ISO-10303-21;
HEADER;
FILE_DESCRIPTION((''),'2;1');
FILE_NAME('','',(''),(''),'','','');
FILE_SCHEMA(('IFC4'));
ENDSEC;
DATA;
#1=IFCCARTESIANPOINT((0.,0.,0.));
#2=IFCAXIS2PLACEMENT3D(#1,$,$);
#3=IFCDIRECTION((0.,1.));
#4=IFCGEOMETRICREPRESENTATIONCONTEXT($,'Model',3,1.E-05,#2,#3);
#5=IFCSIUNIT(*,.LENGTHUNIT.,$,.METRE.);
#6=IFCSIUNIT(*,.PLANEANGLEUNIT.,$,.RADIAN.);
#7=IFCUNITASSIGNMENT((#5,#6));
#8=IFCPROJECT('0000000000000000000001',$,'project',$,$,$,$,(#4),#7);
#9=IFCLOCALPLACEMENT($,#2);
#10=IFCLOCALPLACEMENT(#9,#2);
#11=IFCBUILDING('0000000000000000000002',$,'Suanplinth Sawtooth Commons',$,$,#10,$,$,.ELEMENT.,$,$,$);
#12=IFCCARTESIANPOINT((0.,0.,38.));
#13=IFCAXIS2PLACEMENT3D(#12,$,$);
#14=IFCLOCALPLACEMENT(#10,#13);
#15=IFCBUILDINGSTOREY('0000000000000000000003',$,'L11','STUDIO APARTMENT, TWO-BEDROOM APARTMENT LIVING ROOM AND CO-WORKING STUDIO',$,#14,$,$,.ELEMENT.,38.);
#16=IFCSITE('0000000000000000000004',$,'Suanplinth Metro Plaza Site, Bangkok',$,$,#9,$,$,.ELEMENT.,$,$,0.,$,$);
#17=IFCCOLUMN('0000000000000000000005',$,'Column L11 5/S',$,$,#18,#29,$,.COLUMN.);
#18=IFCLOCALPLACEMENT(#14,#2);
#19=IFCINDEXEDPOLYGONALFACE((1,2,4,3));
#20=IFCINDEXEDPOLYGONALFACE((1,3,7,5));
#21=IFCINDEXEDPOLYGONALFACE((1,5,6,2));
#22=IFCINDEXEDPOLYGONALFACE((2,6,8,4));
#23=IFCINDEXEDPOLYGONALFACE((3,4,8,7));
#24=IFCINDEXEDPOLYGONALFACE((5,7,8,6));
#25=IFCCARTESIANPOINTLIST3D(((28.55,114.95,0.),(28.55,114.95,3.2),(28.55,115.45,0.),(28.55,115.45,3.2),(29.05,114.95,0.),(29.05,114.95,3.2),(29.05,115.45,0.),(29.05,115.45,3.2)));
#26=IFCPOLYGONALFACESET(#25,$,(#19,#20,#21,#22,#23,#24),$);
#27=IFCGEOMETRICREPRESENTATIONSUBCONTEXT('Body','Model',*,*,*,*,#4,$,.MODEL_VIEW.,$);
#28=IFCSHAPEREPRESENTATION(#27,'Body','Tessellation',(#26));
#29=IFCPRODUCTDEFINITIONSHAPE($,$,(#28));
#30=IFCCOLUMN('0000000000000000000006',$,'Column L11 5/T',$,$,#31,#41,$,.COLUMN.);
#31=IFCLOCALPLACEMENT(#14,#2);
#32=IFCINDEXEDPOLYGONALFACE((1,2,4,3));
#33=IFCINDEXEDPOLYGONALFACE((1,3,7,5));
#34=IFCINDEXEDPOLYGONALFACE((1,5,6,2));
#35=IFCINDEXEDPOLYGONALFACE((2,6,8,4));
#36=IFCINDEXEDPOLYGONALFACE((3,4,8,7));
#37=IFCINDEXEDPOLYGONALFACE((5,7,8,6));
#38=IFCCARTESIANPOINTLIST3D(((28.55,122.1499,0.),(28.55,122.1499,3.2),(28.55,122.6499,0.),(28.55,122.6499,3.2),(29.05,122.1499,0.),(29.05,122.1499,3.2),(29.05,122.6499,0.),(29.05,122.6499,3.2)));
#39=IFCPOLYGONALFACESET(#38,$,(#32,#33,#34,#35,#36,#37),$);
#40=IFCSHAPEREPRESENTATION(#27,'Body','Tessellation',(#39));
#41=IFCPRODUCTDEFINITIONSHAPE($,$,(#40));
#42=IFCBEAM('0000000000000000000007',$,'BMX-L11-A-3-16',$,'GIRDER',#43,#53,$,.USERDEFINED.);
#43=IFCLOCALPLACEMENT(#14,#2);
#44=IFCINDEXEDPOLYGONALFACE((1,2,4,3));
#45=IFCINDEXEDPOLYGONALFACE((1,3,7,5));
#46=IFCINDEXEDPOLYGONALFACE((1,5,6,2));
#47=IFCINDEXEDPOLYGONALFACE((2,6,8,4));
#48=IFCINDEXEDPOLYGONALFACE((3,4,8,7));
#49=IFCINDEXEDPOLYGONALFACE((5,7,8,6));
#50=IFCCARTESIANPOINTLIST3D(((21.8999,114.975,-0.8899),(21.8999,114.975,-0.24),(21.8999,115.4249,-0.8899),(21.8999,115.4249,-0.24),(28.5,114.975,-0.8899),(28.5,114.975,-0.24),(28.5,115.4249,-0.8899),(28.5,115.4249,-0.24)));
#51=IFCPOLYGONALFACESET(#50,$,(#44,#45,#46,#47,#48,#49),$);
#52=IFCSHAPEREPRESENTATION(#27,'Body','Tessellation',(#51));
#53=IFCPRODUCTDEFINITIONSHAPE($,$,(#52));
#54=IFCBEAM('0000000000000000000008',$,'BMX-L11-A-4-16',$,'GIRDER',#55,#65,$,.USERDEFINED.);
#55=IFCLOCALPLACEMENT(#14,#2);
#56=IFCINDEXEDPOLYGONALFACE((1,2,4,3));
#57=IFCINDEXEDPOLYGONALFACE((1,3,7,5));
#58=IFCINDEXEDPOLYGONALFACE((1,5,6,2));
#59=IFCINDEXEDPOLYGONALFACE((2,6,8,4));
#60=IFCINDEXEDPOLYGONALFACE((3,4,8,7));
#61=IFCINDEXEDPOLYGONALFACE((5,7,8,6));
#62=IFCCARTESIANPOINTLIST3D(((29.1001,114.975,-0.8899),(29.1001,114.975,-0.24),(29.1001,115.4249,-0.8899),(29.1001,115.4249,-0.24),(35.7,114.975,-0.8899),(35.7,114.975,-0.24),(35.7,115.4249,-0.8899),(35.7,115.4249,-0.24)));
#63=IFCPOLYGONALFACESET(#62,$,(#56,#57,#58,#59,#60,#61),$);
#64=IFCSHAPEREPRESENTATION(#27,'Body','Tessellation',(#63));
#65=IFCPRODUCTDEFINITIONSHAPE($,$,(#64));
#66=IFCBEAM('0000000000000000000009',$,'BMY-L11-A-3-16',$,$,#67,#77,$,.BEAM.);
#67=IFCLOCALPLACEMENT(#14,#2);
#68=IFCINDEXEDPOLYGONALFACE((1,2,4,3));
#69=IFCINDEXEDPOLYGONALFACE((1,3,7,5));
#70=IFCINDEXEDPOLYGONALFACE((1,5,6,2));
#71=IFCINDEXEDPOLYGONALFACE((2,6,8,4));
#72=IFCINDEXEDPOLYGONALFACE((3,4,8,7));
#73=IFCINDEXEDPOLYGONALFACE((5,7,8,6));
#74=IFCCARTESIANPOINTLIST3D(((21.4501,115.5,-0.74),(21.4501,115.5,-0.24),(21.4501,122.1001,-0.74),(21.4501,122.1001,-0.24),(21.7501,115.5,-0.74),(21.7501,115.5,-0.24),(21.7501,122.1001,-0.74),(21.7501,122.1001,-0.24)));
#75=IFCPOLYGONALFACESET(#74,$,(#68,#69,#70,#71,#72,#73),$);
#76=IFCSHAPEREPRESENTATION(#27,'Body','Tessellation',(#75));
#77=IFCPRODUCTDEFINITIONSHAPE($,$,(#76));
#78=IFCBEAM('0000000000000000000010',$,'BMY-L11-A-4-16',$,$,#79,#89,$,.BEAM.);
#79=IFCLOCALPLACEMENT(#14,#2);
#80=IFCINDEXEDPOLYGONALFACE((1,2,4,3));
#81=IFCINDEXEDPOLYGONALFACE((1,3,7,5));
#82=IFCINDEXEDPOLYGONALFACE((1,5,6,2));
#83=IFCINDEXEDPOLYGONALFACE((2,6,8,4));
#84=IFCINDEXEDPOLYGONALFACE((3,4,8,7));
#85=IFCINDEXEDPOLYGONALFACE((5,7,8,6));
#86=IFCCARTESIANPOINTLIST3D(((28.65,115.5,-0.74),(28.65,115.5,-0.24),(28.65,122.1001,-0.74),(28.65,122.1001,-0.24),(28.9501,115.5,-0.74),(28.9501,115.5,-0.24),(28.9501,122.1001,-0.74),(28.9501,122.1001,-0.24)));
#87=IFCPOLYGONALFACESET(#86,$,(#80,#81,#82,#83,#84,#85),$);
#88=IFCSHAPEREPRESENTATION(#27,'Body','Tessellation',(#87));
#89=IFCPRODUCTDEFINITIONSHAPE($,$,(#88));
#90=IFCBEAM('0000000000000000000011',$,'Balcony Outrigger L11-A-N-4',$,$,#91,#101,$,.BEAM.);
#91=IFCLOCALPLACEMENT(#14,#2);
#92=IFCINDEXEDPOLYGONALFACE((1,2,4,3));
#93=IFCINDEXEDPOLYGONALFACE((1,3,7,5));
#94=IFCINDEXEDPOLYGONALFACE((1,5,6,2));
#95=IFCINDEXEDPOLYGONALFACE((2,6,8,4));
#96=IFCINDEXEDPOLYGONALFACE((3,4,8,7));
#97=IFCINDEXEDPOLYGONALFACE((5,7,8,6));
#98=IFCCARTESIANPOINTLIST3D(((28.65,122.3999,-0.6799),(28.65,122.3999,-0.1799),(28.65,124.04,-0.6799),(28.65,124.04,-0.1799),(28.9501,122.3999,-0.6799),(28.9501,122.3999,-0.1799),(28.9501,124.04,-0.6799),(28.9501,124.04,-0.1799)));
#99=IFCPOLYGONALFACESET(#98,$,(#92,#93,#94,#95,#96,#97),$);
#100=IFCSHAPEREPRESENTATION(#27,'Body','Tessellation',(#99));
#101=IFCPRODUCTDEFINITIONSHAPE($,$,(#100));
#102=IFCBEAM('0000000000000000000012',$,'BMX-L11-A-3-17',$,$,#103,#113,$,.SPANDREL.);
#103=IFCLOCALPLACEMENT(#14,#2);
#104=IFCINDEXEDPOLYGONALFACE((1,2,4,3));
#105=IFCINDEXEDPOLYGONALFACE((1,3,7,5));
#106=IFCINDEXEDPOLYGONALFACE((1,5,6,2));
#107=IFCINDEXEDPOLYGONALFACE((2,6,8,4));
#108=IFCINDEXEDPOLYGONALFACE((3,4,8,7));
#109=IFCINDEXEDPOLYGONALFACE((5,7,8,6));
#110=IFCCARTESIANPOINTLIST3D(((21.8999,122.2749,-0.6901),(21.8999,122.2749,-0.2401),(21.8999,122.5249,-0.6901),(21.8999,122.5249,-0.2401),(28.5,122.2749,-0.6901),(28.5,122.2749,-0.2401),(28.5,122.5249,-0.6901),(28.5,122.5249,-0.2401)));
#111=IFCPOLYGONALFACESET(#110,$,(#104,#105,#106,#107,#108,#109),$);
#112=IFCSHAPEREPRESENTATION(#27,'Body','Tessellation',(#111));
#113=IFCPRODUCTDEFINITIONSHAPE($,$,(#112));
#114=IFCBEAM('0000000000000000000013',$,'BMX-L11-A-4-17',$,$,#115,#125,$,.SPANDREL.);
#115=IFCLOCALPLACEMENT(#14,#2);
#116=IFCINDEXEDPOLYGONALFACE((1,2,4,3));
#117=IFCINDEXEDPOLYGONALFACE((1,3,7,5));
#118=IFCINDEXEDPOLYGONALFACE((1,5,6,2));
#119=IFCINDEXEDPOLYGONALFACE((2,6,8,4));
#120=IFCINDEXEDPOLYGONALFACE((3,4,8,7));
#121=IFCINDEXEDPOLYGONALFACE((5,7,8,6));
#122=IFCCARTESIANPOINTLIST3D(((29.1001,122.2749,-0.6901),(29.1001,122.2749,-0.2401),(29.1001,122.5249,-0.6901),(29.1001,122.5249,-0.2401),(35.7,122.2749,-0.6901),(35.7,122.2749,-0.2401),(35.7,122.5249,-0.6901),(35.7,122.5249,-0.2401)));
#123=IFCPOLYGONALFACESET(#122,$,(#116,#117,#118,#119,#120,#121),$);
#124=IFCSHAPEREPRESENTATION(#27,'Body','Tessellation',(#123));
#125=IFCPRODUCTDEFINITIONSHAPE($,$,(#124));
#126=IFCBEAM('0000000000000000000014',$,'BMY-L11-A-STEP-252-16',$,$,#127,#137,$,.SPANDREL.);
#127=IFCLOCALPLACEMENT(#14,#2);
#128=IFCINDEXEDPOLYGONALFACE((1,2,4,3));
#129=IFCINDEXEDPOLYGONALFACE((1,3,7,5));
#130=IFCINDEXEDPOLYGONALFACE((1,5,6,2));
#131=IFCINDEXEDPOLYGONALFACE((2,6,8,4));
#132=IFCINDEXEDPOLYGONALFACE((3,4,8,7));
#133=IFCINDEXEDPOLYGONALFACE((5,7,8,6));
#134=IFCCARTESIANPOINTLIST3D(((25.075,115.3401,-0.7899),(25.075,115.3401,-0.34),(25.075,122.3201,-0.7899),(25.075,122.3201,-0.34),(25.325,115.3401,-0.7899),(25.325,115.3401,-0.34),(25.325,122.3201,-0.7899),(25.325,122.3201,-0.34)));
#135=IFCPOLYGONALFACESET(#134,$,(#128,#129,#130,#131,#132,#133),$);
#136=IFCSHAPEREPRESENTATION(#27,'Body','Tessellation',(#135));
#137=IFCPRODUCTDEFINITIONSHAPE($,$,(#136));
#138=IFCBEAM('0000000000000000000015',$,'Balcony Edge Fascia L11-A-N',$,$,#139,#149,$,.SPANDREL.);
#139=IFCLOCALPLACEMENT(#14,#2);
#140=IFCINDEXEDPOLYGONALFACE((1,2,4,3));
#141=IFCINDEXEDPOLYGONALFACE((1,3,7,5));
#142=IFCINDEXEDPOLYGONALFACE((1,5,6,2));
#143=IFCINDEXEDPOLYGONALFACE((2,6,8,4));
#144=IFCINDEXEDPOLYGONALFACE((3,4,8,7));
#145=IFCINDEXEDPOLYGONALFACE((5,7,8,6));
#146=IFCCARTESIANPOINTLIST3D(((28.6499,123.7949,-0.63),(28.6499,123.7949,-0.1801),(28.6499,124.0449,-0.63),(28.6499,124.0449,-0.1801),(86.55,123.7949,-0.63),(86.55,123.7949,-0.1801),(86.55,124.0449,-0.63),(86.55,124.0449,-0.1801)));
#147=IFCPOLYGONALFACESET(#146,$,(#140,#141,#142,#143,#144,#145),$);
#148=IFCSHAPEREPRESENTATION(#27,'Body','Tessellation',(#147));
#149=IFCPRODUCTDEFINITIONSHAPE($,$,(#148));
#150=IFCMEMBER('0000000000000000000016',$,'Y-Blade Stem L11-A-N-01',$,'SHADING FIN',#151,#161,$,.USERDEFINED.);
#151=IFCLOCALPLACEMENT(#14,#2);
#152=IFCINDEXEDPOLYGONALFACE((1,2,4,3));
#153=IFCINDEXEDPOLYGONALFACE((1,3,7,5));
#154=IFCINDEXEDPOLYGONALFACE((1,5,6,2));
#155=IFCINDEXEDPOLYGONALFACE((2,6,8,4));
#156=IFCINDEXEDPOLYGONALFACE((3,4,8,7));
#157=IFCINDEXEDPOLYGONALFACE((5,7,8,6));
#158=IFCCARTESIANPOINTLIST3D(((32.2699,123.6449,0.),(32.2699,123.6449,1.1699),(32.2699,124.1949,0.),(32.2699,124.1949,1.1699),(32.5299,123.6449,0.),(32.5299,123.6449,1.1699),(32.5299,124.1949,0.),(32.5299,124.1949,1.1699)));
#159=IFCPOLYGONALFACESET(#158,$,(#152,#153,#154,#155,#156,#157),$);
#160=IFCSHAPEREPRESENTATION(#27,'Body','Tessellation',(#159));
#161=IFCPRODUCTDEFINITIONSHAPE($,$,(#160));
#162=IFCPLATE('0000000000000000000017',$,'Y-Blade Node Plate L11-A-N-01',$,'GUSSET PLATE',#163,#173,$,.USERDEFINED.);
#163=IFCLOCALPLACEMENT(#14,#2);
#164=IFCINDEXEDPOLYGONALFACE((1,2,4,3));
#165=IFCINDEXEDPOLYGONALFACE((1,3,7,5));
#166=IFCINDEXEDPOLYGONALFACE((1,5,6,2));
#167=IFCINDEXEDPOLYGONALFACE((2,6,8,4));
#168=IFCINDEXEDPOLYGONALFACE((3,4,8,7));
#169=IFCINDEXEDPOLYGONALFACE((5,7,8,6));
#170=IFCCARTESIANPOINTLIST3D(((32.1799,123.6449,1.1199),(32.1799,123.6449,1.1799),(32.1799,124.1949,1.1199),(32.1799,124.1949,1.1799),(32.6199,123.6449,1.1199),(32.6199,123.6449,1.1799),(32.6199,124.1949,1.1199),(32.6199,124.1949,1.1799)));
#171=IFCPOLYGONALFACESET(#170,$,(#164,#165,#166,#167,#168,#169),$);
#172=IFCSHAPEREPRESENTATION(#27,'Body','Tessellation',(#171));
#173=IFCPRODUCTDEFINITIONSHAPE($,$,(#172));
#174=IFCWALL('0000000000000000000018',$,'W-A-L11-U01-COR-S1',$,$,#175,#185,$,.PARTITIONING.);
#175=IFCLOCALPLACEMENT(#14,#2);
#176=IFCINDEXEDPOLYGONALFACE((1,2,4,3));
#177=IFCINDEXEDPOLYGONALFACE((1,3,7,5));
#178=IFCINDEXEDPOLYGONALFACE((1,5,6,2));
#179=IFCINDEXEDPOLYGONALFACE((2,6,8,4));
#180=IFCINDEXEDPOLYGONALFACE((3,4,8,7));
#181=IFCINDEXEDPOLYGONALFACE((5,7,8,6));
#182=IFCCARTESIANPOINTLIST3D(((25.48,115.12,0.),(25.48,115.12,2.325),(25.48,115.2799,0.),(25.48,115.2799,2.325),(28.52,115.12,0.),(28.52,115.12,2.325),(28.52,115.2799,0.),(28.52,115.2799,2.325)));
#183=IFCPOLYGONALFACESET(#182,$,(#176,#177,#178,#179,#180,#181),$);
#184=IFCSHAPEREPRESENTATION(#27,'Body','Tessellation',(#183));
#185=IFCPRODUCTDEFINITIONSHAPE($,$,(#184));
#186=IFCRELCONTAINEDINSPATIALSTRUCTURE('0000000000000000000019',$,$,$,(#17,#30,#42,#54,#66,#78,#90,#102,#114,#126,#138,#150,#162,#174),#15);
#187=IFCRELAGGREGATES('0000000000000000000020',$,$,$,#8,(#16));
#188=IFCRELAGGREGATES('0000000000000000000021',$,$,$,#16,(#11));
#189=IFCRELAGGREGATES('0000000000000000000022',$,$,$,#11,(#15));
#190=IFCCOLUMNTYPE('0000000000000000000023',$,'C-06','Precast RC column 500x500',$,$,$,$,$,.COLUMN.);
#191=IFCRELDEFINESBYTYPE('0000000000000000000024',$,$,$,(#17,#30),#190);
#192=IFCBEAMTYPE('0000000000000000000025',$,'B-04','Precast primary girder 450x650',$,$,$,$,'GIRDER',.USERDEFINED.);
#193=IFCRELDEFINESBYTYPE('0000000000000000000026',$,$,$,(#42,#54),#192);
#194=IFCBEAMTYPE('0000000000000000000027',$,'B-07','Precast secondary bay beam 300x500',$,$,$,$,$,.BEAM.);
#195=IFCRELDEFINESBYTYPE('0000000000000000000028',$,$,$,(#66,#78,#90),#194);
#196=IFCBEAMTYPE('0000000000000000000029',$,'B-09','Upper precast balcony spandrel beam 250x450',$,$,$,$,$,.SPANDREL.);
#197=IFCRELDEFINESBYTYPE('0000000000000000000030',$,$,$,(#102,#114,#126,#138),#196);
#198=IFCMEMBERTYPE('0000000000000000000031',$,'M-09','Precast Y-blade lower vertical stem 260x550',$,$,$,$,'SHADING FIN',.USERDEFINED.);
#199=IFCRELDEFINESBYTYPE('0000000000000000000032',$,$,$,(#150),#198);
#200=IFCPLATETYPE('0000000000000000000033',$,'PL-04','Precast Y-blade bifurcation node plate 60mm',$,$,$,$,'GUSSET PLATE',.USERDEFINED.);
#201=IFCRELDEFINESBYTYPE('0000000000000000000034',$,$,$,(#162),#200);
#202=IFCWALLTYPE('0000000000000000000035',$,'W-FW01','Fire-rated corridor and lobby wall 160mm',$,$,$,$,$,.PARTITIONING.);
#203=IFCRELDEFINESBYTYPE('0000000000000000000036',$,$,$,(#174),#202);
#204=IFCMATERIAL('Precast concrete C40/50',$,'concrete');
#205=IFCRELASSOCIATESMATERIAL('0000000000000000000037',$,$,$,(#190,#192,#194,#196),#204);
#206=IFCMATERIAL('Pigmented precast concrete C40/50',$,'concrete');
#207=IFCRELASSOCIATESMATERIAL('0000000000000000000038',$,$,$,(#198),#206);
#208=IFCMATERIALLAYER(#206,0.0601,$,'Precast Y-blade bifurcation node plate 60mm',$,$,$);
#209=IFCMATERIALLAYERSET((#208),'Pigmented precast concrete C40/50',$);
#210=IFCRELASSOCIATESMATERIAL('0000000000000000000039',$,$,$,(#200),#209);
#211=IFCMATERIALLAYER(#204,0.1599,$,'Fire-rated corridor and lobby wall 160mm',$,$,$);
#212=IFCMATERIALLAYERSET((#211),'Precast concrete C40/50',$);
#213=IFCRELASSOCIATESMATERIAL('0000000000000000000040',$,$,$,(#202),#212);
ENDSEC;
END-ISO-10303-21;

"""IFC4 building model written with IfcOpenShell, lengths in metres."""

from ifc_helpers import new_model, si_unit, direction, frame, frame_2d, origin, origin_2d, place, context, subcontext, project, spatial, rectangle, extrude, material, layer, layer_set, material_profile, profile_set, type_object, element, save


model = new_model("IFC4")

# Units and contexts
model_context = context("Model", 3, precision=1e-05, world=origin(), true_north=direction((0.0, 1.0)))
body_context = subcontext(model_context, "Body", "Model", "MODEL_VIEW")
ifc_project = project(units=[si_unit("LENGTHUNIT", "METRE"), si_unit("PLANEANGLEUNIT", "RADIAN")], contexts=[model_context])

# Site, building, storey
site_placement = place(None, origin())
site = spatial("IfcSite", under=ifc_project, at=site_placement, Name="Suanplinth Metro Plaza Site, Bangkok", CompositionType="ELEMENT", RefElevation=0.0)
building_placement = place(site_placement, origin())
building = spatial("IfcBuilding", under=site, at=building_placement, Name="Suanplinth Sawtooth Commons", CompositionType="ELEMENT")
storey_placement = place(building_placement, frame((0.0, 0.0, 38.0)))
storey = spatial("IfcBuildingStorey", under=building, at=storey_placement, Name="L11", Description="STUDIO APARTMENT, TWO-BEDROOM APARTMENT LIVING ROOM AND CO-WORKING STUDIO", CompositionType="ELEMENT", Elevation=38.0)

# Columns
ifc_material_1 = material(Name="Precast concrete C40/50", Category="concrete")
ifc_material_profile_1 = material_profile(ifc_material_1, rectangle(XDim=0.5, YDim=0.5, at=origin_2d()), Name="PC-COL 500x500")
ifc_profile_set_1 = profile_set([ifc_material_profile_1], Name="Precast concrete C40/50")
column_type = type_object("IfcColumnType", Name="C-06", Description="Precast RC column 500x500", PredefinedType="COLUMN", material=ifc_profile_set_1)
for number, where, z_axis, x_axis, name in (
    (1, (28.8, 115.2, 0.0), (0.0, 0.0, 1.0), (1.0, 0.0, 0.0), "Column L11 5/S"),
    (2, (28.8, 122.3999, 0.0), (0.0, 0.0, 1.0), (1.0, 0.0, 0.0), "Column L11 5/T"),
):
    element("IfcColumn", number, at=place(storey_placement, frame(where, z_axis=z_axis, x_axis=x_axis)), inside=storey, type_object=column_type, Name=name, PredefinedType="COLUMN", context=body_context, shape_type="SweptSolid", body=[
        extrude(rectangle(XDim=0.5, YDim=0.5, at=origin_2d()), origin(), (0.0, 0.0, 1.0), 3.2),
    ])

# Beams
ifc_material_profile_2 = material_profile(ifc_material_1, rectangle(XDim=0.45, YDim=0.6499, at=origin_2d()), Name="PC-GDR 450x650")
ifc_profile_set_2 = profile_set([ifc_material_profile_2], Name="Precast concrete C40/50")
beam_type_1 = type_object("IfcBeamType", Name="B-04", Description="Precast primary girder 450x650", ElementType="GIRDER", PredefinedType="USERDEFINED", material=ifc_profile_set_2)
beam_1_placement = place(storey_placement, frame((21.8999, 115.2, -0.5649), z_axis=(1.0, 0.0, 0.0), x_axis=(0.0, 1.0, 0.0)))
element("IfcBeam", 3, at=beam_1_placement, inside=storey, type_object=beam_type_1, Name="BMX-L11-A-3-16", ObjectType="GIRDER", PredefinedType="USERDEFINED", context=body_context, shape_type="SweptSolid", body=[
    extrude(rectangle(XDim=0.45, YDim=0.6499, at=origin_2d()), origin(), (0.0, 0.0, 1.0), 6.6001),
])
beam_2_placement = place(storey_placement, frame((29.1001, 115.2, -0.5649), z_axis=(1.0, 0.0, 0.0), x_axis=(0.0, 1.0, 0.0)))
element("IfcBeam", 4, at=beam_2_placement, inside=storey, type_object=beam_type_1, Name="BMX-L11-A-4-16", ObjectType="GIRDER", PredefinedType="USERDEFINED", context=body_context, shape_type="SweptSolid", body=[
    extrude(rectangle(XDim=0.45, YDim=0.6499, at=origin_2d()), origin(), (0.0, 0.0, 1.0), 6.5999),
])
ifc_material_profile_3 = material_profile(ifc_material_1, rectangle(XDim=0.3, YDim=0.5, at=origin_2d()), Name="PC-BM 300x500")
ifc_profile_set_3 = profile_set([ifc_material_profile_3], Name="Precast concrete C40/50")
beam_type_2 = type_object("IfcBeamType", Name="B-07", Description="Precast secondary bay beam 300x500", PredefinedType="BEAM", material=ifc_profile_set_3)
for number, where, z_axis, x_axis, name in (
    (5, (21.6001, 115.5, -0.49), (0.0, 1.0, 0.0), (-1.0, 0.0, 0.0), "BMY-L11-A-3-16"),
    (6, (28.8, 115.5, -0.49), (0.0, 1.0, 0.0), (-1.0, 0.0, 0.0), "BMY-L11-A-4-16"),
):
    element("IfcBeam", number, at=place(storey_placement, frame(where, z_axis=z_axis, x_axis=x_axis)), inside=storey, type_object=beam_type_2, Name=name, PredefinedType="BEAM", context=body_context, shape_type="SweptSolid", body=[
        extrude(rectangle(XDim=0.3, YDim=0.5, at=origin_2d()), origin(), (0.0, 0.0, 1.0), 6.6001),
    ])
beam_3_placement = place(storey_placement, frame((28.8, 122.3999, -0.4299), z_axis=(0.0, 1.0, 0.0), x_axis=(-1.0, 0.0, 0.0)))
element("IfcBeam", 7, at=beam_3_placement, inside=storey, type_object=beam_type_2, Name="Balcony Outrigger L11-A-N-4", PredefinedType="BEAM", context=body_context, shape_type="SweptSolid", body=[
    extrude(rectangle(XDim=0.3, YDim=0.5, at=origin_2d()), origin(), (0.0, 0.0, 1.0), 1.6401),
])
ifc_material_profile_4 = material_profile(ifc_material_1, rectangle(XDim=0.25, YDim=0.45, at=origin_2d()), Name="PC-SP 250x450")
ifc_profile_set_4 = profile_set([ifc_material_profile_4], Name="Precast concrete C40/50")
beam_type_3 = type_object("IfcBeamType", Name="B-09", Description="Upper precast balcony spandrel beam 250x450", PredefinedType="SPANDREL", material=ifc_profile_set_4)
beam_4_placement = place(storey_placement, frame((21.8999, 122.3999, -0.4651), z_axis=(1.0, 0.0, 0.0), x_axis=(0.0, 1.0, 0.0)))
element("IfcBeam", 8, at=beam_4_placement, inside=storey, type_object=beam_type_3, Name="BMX-L11-A-3-17", PredefinedType="SPANDREL", context=body_context, shape_type="SweptSolid", body=[
    extrude(rectangle(XDim=0.25, YDim=0.45, at=origin_2d()), origin(), (0.0, 0.0, 1.0), 6.6001),
])
beam_5_placement = place(storey_placement, frame((29.1001, 122.3999, -0.4651), z_axis=(1.0, 0.0, 0.0), x_axis=(0.0, 1.0, 0.0)))
element("IfcBeam", 9, at=beam_5_placement, inside=storey, type_object=beam_type_3, Name="BMX-L11-A-4-17", PredefinedType="SPANDREL", context=body_context, shape_type="SweptSolid", body=[
    extrude(rectangle(XDim=0.25, YDim=0.45, at=origin_2d()), origin(), (0.0, 0.0, 1.0), 6.5999),
])
beam_6_placement = place(storey_placement, frame((25.2, 115.3401, -0.5649), z_axis=(0.0, 1.0, 0.0), x_axis=(-1.0, 0.0, 0.0)))
element("IfcBeam", 10, at=beam_6_placement, inside=storey, type_object=beam_type_3, Name="BMY-L11-A-STEP-252-16", PredefinedType="SPANDREL", context=body_context, shape_type="SweptSolid", body=[
    extrude(rectangle(XDim=0.25, YDim=0.45, at=origin_2d()), origin(), (0.0, 0.0, 1.0), 6.98),
])
beam_7_placement = place(storey_placement, frame((28.6499, 123.9199, -0.405), z_axis=(1.0, 0.0, 0.0), x_axis=(0.0, 1.0, 0.0)))
element("IfcBeam", 11, at=beam_7_placement, inside=storey, type_object=beam_type_3, Name="Balcony Edge Fascia L11-A-N", PredefinedType="SPANDREL", context=body_context, shape_type="SweptSolid", body=[
    extrude(rectangle(XDim=0.25, YDim=0.45, at=origin_2d()), origin(), (0.0, 0.0, 1.0), 57.9001),
])

# Member
ifc_material_2 = material(Name="Pigmented precast concrete C40/50", Category="concrete")
ifc_material_profile_5 = material_profile(ifc_material_2, rectangle(XDim=0.26, YDim=0.55, at=origin_2d()), Name="PC-FIN 260x550")
ifc_profile_set_5 = profile_set([ifc_material_profile_5], Name="Pigmented precast concrete C40/50")
member_type = type_object("IfcMemberType", Name="M-09", Description="Precast Y-blade lower vertical stem 260x550", ElementType="SHADING FIN", PredefinedType="USERDEFINED", material=ifc_profile_set_5)
member_placement = place(storey_placement, frame((32.3999, 123.9199, 0.0), z_axis=(0.0, 0.0, 1.0), x_axis=(1.0, 0.0, 0.0)))
element("IfcMember", 12, at=member_placement, inside=storey, type_object=member_type, Name="Y-Blade Stem L11-A-N-01", ObjectType="SHADING FIN", PredefinedType="USERDEFINED", context=body_context, shape_type="SweptSolid", body=[
    extrude(rectangle(XDim=0.26, YDim=0.55, at=origin_2d()), origin(), (0.0, 0.0, 1.0), 1.1699),
])

# Plate
ifc_layer_1 = layer(ifc_material_2, 0.0601, Name="Precast Y-blade bifurcation node plate 60mm")
ifc_layer_set_1 = layer_set([ifc_layer_1], Name="Pigmented precast concrete C40/50")
plate_type = type_object("IfcPlateType", Name="PL-04", Description="Precast Y-blade bifurcation node plate 60mm", ElementType="GUSSET PLATE", PredefinedType="USERDEFINED", material=ifc_layer_set_1)
plate_placement = place(storey_placement, frame((32.3999, 123.9199, 1.1199), z_axis=(0.0, 0.0, 1.0), x_axis=(1.0, 0.0, 0.0)))
element("IfcPlate", 13, at=plate_placement, inside=storey, type_object=plate_type, Name="Y-Blade Node Plate L11-A-N-01", ObjectType="GUSSET PLATE", PredefinedType="USERDEFINED", context=body_context, shape_type="SweptSolid", body=[
    extrude(rectangle(XDim=0.4399, YDim=0.55, at=origin_2d()), origin(), (0.0, 0.0, 1.0), 0.0601),
])

# Wall
ifc_layer_2 = layer(ifc_material_1, 0.1599, Name="Fire-rated corridor and lobby wall 160mm")
ifc_layer_set_2 = layer_set([ifc_layer_2], Name="Precast concrete C40/50")
wall_type_1 = type_object("IfcWallType", Name="W-FW01", Description="Fire-rated corridor and lobby wall 160mm", PredefinedType="PARTITIONING", material=ifc_layer_set_2)
wall_1_placement = place(storey_placement, frame((25.48, 115.2, 0.0), z_axis=(0.0, 0.0, 1.0), x_axis=(1.0, 0.0, 0.0)))
element("IfcWall", 14, at=wall_1_placement, inside=storey, type_object=wall_type_1, Name="W-A-L11-U01-COR-S1", PredefinedType="PARTITIONING", context=body_context, shape_type="SweptSolid", body=[
    extrude(rectangle(XDim=3.04, YDim=0.1599, at=frame_2d((1.52, 0.0))), origin(), (0.0, 0.0, 1.0), 2.325),
])

save(model, "model.ifc")
